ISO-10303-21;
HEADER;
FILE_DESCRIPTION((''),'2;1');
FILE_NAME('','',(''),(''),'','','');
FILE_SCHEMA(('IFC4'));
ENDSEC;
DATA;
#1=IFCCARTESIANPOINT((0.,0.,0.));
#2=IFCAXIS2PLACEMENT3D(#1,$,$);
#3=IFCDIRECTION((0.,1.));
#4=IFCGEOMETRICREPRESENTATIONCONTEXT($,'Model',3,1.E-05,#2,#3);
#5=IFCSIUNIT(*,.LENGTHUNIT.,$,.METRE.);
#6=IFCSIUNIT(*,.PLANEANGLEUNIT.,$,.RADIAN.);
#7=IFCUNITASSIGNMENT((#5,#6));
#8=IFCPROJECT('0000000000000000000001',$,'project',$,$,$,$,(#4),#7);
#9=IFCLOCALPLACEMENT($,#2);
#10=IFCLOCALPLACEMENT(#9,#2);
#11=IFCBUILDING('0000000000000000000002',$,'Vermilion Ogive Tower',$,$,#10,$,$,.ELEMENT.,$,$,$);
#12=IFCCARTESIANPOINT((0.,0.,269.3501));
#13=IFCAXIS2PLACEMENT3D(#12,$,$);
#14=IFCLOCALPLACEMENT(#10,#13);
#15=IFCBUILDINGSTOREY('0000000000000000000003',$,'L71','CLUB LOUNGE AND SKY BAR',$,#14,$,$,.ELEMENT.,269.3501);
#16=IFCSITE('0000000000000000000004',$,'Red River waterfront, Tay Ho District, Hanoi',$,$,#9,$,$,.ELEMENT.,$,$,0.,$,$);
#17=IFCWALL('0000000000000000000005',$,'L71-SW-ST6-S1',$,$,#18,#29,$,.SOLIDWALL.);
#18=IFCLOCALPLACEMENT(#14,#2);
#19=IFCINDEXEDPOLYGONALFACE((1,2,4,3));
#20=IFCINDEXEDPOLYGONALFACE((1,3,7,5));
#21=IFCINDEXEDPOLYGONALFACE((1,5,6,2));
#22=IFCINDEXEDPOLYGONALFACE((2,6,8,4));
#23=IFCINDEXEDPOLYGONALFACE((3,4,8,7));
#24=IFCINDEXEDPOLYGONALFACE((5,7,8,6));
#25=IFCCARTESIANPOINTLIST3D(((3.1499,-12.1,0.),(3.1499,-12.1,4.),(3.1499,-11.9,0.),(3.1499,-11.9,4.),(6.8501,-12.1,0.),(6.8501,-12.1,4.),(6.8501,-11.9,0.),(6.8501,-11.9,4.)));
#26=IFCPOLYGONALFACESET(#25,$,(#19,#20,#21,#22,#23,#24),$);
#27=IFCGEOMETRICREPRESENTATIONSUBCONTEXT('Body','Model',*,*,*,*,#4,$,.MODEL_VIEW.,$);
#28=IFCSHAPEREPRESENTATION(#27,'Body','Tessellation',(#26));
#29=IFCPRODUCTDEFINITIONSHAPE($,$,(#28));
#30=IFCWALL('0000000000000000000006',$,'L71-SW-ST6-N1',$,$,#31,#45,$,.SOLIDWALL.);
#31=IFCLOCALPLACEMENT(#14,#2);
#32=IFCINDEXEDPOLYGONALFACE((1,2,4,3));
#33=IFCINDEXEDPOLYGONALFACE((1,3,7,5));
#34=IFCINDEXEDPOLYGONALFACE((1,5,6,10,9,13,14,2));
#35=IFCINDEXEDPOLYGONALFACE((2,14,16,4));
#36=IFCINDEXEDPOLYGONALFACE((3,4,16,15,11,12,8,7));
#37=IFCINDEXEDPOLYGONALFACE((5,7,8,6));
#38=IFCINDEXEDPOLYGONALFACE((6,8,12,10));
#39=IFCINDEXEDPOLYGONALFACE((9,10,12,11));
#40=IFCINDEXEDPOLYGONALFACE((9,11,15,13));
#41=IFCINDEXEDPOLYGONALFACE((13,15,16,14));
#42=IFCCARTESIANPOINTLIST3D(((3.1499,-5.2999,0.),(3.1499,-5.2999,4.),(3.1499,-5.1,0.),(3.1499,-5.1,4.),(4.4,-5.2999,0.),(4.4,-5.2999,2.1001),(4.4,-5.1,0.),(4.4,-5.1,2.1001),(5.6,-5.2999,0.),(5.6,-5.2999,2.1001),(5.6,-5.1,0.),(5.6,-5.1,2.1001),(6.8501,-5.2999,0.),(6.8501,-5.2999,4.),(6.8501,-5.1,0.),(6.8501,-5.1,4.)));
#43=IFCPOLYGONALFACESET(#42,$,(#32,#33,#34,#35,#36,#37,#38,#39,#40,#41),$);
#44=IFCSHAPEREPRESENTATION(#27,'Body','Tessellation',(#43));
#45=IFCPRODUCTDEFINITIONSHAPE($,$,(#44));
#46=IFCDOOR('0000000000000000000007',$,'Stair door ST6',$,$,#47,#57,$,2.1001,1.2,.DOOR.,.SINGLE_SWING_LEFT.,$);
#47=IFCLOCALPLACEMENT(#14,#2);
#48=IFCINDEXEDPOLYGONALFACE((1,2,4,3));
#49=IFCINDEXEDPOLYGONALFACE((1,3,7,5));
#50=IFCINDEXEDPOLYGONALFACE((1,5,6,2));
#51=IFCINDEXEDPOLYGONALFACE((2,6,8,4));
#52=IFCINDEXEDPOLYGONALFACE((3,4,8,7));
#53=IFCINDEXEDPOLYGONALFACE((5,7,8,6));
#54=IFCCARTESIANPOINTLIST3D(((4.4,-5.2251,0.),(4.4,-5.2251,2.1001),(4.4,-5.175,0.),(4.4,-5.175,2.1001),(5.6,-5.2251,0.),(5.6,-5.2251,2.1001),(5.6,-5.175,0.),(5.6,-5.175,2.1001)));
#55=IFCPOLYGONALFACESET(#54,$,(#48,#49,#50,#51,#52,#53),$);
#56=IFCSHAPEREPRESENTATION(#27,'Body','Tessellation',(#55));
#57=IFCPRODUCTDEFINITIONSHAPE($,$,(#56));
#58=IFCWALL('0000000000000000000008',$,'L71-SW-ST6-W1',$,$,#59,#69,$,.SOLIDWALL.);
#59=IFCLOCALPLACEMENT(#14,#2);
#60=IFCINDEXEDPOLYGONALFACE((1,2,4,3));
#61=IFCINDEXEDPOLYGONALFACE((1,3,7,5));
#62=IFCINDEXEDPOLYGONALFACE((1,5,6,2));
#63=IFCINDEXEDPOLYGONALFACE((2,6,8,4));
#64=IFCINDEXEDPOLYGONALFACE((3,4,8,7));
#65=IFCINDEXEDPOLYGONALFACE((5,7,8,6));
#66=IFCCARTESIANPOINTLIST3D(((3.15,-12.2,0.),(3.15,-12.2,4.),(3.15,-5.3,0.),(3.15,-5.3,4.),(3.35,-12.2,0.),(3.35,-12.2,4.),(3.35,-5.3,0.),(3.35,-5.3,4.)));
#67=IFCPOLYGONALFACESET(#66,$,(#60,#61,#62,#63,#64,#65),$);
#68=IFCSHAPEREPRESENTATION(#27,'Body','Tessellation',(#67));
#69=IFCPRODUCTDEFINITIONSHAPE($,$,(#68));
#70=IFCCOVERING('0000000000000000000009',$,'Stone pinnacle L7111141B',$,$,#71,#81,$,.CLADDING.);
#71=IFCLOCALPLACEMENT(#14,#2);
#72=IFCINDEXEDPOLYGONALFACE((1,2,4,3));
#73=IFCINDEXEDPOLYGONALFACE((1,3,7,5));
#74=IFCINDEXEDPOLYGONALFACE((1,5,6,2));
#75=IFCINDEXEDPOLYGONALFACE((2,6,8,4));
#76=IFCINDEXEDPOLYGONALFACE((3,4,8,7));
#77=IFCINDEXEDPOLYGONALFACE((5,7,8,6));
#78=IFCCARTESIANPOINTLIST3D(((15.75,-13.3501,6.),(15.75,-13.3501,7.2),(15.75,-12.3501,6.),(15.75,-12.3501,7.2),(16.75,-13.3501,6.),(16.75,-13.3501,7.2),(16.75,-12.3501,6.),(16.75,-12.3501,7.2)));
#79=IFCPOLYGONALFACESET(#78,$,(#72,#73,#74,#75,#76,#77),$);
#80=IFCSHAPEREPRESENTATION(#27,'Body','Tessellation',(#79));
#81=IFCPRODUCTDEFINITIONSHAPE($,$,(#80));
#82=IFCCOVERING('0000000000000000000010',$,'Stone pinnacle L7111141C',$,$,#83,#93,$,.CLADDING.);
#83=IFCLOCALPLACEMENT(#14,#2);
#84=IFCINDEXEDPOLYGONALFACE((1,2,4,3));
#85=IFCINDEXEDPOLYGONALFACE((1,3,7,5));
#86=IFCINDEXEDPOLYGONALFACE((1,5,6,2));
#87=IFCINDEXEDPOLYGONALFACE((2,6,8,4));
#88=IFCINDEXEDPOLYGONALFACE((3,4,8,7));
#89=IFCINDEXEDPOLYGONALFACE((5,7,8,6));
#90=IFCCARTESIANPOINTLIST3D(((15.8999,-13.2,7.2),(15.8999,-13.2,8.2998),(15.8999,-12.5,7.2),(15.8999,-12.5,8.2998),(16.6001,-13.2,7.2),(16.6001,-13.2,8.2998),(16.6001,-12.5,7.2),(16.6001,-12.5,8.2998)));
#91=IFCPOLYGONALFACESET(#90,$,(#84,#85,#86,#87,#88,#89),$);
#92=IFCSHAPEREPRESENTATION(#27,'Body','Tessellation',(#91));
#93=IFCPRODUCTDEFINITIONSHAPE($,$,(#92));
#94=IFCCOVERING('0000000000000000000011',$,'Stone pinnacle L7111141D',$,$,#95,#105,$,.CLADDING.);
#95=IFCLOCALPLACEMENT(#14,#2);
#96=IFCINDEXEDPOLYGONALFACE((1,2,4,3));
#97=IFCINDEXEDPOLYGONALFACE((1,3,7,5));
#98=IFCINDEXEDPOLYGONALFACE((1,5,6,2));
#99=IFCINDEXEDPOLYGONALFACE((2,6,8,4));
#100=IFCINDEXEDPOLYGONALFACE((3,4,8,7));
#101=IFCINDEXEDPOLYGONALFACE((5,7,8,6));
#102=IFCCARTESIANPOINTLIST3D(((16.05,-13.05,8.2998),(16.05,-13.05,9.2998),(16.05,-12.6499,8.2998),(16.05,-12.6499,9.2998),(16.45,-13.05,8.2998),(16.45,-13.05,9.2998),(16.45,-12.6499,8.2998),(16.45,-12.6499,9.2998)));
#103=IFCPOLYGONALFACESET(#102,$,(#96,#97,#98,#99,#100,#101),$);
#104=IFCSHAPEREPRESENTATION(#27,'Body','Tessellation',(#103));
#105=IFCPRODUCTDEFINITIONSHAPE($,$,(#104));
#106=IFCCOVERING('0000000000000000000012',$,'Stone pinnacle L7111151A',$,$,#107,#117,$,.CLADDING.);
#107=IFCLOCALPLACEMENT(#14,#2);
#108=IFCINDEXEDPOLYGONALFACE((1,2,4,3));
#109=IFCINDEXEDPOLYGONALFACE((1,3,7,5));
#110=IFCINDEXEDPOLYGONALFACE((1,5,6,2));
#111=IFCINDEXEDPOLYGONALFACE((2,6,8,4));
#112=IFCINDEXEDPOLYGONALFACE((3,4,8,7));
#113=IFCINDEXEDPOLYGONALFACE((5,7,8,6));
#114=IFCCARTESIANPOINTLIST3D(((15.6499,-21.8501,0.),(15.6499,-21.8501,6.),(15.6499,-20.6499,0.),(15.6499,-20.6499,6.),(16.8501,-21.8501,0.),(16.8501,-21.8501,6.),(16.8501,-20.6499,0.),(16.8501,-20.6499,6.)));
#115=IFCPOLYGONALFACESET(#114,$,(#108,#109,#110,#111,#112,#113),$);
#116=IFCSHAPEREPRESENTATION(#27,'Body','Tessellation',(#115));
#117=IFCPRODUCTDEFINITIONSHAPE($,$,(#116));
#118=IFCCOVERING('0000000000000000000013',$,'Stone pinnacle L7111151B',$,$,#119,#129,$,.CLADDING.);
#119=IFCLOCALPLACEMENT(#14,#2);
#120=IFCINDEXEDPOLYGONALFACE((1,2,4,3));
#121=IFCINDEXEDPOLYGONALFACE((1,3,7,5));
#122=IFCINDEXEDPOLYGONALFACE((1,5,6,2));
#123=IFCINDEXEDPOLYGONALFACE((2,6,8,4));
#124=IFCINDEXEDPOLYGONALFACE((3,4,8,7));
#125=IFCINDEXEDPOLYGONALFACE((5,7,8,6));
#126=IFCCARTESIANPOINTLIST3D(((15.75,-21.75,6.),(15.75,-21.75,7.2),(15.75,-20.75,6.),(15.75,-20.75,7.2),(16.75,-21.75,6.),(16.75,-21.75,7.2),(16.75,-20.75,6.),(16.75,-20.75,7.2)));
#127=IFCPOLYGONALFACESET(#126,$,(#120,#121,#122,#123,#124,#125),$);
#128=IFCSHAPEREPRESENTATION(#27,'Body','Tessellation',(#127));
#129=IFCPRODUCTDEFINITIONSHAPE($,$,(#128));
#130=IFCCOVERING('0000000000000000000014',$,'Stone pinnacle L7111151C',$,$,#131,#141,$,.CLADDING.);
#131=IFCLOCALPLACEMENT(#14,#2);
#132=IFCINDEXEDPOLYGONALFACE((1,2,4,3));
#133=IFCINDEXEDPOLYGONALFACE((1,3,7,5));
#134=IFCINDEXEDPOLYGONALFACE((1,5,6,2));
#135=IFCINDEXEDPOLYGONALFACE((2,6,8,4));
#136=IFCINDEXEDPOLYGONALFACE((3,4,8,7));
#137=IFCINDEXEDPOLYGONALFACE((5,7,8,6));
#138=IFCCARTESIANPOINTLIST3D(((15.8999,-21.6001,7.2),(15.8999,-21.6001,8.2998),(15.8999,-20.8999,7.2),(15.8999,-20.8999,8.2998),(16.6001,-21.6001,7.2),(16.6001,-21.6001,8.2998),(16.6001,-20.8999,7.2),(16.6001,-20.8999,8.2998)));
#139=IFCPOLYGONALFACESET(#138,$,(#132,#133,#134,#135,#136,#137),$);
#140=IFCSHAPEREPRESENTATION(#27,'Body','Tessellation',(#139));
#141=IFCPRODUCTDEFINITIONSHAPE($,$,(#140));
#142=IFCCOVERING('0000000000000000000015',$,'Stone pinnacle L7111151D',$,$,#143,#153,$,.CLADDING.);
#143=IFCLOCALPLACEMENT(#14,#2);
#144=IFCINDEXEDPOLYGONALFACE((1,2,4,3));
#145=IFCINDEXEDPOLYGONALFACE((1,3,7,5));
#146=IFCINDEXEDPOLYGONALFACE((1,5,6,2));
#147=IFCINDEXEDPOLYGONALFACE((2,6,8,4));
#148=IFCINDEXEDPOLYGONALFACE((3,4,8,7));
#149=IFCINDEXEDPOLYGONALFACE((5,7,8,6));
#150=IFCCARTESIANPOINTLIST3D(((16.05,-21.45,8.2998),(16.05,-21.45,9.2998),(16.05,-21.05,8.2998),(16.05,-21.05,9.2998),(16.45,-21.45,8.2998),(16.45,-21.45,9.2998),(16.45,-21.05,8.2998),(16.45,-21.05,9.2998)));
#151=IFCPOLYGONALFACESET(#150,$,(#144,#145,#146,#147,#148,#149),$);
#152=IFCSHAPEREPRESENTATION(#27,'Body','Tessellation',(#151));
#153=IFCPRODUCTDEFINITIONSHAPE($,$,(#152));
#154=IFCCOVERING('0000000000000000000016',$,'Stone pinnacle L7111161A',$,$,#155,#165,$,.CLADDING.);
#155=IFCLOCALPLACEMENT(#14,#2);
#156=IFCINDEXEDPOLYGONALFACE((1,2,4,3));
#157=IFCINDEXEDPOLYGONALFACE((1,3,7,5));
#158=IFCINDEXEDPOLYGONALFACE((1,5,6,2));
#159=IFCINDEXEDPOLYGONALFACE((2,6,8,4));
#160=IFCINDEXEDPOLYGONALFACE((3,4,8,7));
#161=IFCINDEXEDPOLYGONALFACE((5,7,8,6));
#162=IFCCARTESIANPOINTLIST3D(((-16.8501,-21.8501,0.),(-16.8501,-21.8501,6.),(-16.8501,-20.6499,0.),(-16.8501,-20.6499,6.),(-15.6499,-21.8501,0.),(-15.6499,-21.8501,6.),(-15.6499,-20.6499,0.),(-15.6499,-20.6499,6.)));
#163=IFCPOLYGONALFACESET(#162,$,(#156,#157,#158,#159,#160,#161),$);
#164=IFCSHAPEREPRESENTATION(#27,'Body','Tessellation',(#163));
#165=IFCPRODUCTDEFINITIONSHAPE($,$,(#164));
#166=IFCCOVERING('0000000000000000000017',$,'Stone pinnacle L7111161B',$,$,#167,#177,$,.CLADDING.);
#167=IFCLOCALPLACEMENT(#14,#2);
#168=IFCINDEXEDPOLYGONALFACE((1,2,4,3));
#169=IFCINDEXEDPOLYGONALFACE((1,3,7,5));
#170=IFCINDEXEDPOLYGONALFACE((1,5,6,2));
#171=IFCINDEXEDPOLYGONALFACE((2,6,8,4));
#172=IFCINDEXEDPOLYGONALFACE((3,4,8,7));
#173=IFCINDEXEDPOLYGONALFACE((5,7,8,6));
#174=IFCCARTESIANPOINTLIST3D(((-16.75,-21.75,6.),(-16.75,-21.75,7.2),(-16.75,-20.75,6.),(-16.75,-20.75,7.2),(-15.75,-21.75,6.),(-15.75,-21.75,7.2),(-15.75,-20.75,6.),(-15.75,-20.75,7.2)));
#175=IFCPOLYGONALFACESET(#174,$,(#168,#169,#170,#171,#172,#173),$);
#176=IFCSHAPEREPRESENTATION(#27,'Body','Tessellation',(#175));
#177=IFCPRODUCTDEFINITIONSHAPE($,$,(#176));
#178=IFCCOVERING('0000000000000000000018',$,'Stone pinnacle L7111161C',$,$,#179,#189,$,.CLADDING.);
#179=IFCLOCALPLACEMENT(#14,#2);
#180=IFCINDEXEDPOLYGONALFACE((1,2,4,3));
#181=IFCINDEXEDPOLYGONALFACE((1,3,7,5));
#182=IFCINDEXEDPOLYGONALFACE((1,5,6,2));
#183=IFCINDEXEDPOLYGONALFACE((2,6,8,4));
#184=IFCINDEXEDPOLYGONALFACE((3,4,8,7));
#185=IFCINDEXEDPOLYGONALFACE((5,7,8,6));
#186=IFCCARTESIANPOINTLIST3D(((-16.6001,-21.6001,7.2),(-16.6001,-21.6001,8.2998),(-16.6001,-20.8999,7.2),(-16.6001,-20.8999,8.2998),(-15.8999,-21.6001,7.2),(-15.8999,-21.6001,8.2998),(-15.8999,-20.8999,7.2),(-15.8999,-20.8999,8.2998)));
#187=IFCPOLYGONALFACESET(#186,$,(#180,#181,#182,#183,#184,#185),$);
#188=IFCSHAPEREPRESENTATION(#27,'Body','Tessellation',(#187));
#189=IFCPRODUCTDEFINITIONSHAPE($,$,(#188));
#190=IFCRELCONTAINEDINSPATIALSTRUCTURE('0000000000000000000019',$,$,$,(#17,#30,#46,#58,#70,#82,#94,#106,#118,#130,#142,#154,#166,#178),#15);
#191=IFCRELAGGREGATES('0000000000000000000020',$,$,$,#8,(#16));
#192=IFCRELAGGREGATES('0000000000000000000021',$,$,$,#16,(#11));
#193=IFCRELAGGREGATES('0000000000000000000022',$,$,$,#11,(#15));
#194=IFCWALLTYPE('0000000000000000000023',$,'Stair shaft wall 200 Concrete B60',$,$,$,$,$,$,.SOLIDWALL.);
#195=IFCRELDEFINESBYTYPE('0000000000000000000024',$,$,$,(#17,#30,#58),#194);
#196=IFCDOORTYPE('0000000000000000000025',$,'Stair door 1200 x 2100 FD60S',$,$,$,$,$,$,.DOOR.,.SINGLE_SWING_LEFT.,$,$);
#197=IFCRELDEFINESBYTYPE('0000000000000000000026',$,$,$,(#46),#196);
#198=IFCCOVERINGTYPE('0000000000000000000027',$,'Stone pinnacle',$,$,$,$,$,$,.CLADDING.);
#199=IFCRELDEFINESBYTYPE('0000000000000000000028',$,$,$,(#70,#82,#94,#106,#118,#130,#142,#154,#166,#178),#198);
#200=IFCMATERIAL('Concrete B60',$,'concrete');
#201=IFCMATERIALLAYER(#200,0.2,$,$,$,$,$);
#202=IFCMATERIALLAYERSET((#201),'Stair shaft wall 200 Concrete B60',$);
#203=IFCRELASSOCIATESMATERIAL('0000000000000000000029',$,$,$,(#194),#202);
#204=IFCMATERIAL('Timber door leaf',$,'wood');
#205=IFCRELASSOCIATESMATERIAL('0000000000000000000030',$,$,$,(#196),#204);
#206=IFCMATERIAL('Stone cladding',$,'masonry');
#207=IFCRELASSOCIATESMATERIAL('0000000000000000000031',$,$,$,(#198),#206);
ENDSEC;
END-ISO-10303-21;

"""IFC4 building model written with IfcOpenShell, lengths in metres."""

from ifc_helpers import new_model, si_unit, direction, frame, frame_2d, origin, place, context, subcontext, project, spatial, polyline, rectangle, outline, extrude, material, layer, layer_set, type_object, element, fill, save


model = new_model("IFC4")

# Units and contexts
model_context = context("Model", 3, precision=1e-05, world=origin(), true_north=direction((0.0, 1.0)))
body_context = subcontext(model_context, "Body", "Model", "MODEL_VIEW")
ifc_project = project(units=[si_unit("LENGTHUNIT", "METRE"), si_unit("PLANEANGLEUNIT", "RADIAN")], contexts=[model_context])

# Site, building, storey
site_placement = place(None, origin())
site = spatial("IfcSite", under=ifc_project, at=site_placement, Name="Red River waterfront, Tay Ho District, Hanoi", CompositionType="ELEMENT", RefElevation=0.0)
building_placement = place(site_placement, origin())
building = spatial("IfcBuilding", under=site, at=building_placement, Name="Vermilion Ogive Tower", CompositionType="ELEMENT")
storey_placement = place(building_placement, frame((0.0, 0.0, 269.3501)))
storey = spatial("IfcBuildingStorey", under=building, at=storey_placement, Name="L71", Description="CLUB LOUNGE AND SKY BAR", CompositionType="ELEMENT", Elevation=269.3501)

# Wall
ifc_material_1 = material(Name="Concrete B60", Category="concrete")
ifc_layer = layer(ifc_material_1, 0.2)
ifc_layer_set = layer_set([ifc_layer], Name="Stair shaft wall 200 Concrete B60")
wall_type = type_object("IfcWallType", Name="Stair shaft wall 200 Concrete B60", PredefinedType="SOLIDWALL", material=ifc_layer_set)
wall_1_placement = place(storey_placement, frame((3.1499, -12.0, 0.0), z_axis=(0.0, 0.0, 1.0), x_axis=(1.0, 0.0, 0.0)))
element("IfcWall", 1, at=wall_1_placement, inside=storey, type_object=wall_type, Name="L71-SW-ST6-S1", PredefinedType="SOLIDWALL", context=body_context, shape_type="SweptSolid", body=[
    extrude(rectangle(XDim=3.7002, YDim=0.2, at=frame_2d((1.8501, 0.0))), origin(), (0.0, 0.0, 1.0), 4.0),
])

# Wall, opening, door
wall_2_placement = place(storey_placement, frame((3.1499, -5.2, 0.0), z_axis=(0.0, 0.0, 1.0), x_axis=(1.0, 0.0, 0.0)))
wall_2 = element("IfcWall", 2, at=wall_2_placement, inside=storey, type_object=wall_type, Name="L71-SW-ST6-N1", PredefinedType="SOLIDWALL", context=body_context, shape_type="SweptSolid", body=[
    extrude(rectangle(XDim=3.7002, YDim=0.2, at=frame_2d((1.8501, 0.0))), origin(), (0.0, 0.0, 1.0), 4.0),
])
opening_placement = place(wall_2_placement, frame((1.25, 0.0, 0.0)))
opening = element("IfcOpeningElement", 3, at=opening_placement, cuts=wall_2, PredefinedType="OPENING", context=body_context, shape_type="SweptSolid", body=[
    extrude(rectangle(XDim=1.2, YDim=2.1001, at=frame_2d((0.6001, 1.05))), frame((0.0, 0.1099, 0.0), z_axis=(0.0, -1.0, 0.0), x_axis=(1.0, 0.0, 0.0)), (0.0, 0.0, 1.0), 0.22),
])
ifc_material_2 = material(Name="Timber door leaf", Category="wood")
door_type = type_object("IfcDoorType", Name="Stair door 1200 x 2100 FD60S", OperationType="SINGLE_SWING_LEFT", PredefinedType="DOOR", material=ifc_material_2)
door_placement = place(opening_placement, origin())
door = element("IfcDoor", 4, at=door_placement, inside=storey, type_object=door_type, Name="Stair door ST6", OperationType="SINGLE_SWING_LEFT", OverallHeight=2.1001, OverallWidth=1.2, PredefinedType="DOOR", context=body_context, shape_type="SweptSolid", body=[
    extrude(rectangle(XDim=1.2, YDim=2.1001, at=frame_2d((0.6001, 1.05))), frame((0.0, 0.0249, 0.0), z_axis=(0.0, -1.0, 0.0), x_axis=(1.0, 0.0, 0.0)), (0.0, 0.0, 1.0), 0.05),
])
fill(opening, door)

# Wall
wall_3_placement = place(storey_placement, frame((3.25, -12.2, 0.0), z_axis=(0.0, 0.0, 1.0), x_axis=(0.0, 1.0, 0.0)))
element("IfcWall", 5, at=wall_3_placement, inside=storey, type_object=wall_type, Name="L71-SW-ST6-W1", PredefinedType="SOLIDWALL", context=body_context, shape_type="SweptSolid", body=[
    extrude(rectangle(XDim=6.8999, YDim=0.2, at=frame_2d((3.45, 0.0))), origin(), (0.0, 0.0, 1.0), 4.0),
])

# Coverings
ifc_material_3 = material(Name="Stone cladding", Category="masonry")
covering_type = type_object("IfcCoveringType", Name="Stone pinnacle", PredefinedType="CLADDING", material=ifc_material_3)
covering_1_placement = place(storey_placement, frame((0.0, 0.0, 6.0)))
element("IfcCovering", 6, at=covering_1_placement, inside=storey, type_object=covering_type, Name="Stone pinnacle L7111141B", PredefinedType="CLADDING", context=body_context, shape_type="SweptSolid", body=[
    extrude(outline(polyline([(15.75, -13.3501), (16.75, -13.3501), (16.75, -12.3501), (15.75, -12.3501), (15.75, -13.3501)])), origin(), (0.0, 0.0, 1.0), 1.2),
])
covering_2_placement = place(storey_placement, frame((0.0, 0.0, 7.2)))
element("IfcCovering", 7, at=covering_2_placement, inside=storey, type_object=covering_type, Name="Stone pinnacle L7111141C", PredefinedType="CLADDING", context=body_context, shape_type="SweptSolid", body=[
    extrude(outline(polyline([(15.8999, -13.2), (16.6001, -13.2), (16.6001, -12.5), (15.8999, -12.5), (15.8999, -13.2)])), origin(), (0.0, 0.0, 1.0), 1.0999),
])
covering_3_placement = place(storey_placement, frame((0.0, 0.0, 8.2998)))
element("IfcCovering", 8, at=covering_3_placement, inside=storey, type_object=covering_type, Name="Stone pinnacle L7111141D", PredefinedType="CLADDING", context=body_context, shape_type="SweptSolid", body=[
    extrude(outline(polyline([(16.05, -13.05), (16.45, -13.05), (16.45, -12.6499), (16.05, -12.6499), (16.05, -13.05)])), origin(), (0.0, 0.0, 1.0), 1.0),
])
covering_4_placement = place(storey_placement, origin())
element("IfcCovering", 9, at=covering_4_placement, inside=storey, type_object=covering_type, Name="Stone pinnacle L7111151A", PredefinedType="CLADDING", context=body_context, shape_type="SweptSolid", body=[
    extrude(outline(polyline([(15.6499, -21.8501), (16.8501, -21.8501), (16.8501, -20.6499), (15.6499, -20.6499), (15.6499, -21.8501)])), origin(), (0.0, 0.0, 1.0), 6.0),
])
covering_5_placement = place(storey_placement, frame((0.0, 0.0, 6.0)))
element("IfcCovering", 10, at=covering_5_placement, inside=storey, type_object=covering_type, Name="Stone pinnacle L7111151B", PredefinedType="CLADDING", context=body_context, shape_type="SweptSolid", body=[
    extrude(outline(polyline([(15.75, -21.75), (16.75, -21.75), (16.75, -20.75), (15.75, -20.75), (15.75, -21.75)])), origin(), (0.0, 0.0, 1.0), 1.2),
])
covering_6_placement = place(storey_placement, frame((0.0, 0.0, 7.2)))
element("IfcCovering", 11, at=covering_6_placement, inside=storey, type_object=covering_type, Name="Stone pinnacle L7111151C", PredefinedType="CLADDING", context=body_context, shape_type="SweptSolid", body=[
    extrude(outline(polyline([(15.8999, -21.6001), (16.6001, -21.6001), (16.6001, -20.8999), (15.8999, -20.8999), (15.8999, -21.6001)])), origin(), (0.0, 0.0, 1.0), 1.0999),
])
covering_7_placement = place(storey_placement, frame((0.0, 0.0, 8.2998)))
element("IfcCovering", 12, at=covering_7_placement, inside=storey, type_object=covering_type, Name="Stone pinnacle L7111151D", PredefinedType="CLADDING", context=body_context, shape_type="SweptSolid", body=[
    extrude(outline(polyline([(16.05, -21.45), (16.45, -21.45), (16.45, -21.05), (16.05, -21.05), (16.05, -21.45)])), origin(), (0.0, 0.0, 1.0), 1.0),
])
covering_8_placement = place(storey_placement, origin())
element("IfcCovering", 13, at=covering_8_placement, inside=storey, type_object=covering_type, Name="Stone pinnacle L7111161A", PredefinedType="CLADDING", context=body_context, shape_type="SweptSolid", body=[
    extrude(outline(polyline([(-16.8501, -21.8501), (-15.6499, -21.8501), (-15.6499, -20.6499), (-16.8501, -20.6499), (-16.8501, -21.8501)])), origin(), (0.0, 0.0, 1.0), 6.0),
])
covering_9_placement = place(storey_placement, frame((0.0, 0.0, 6.0)))
element("IfcCovering", 14, at=covering_9_placement, inside=storey, type_object=covering_type, Name="Stone pinnacle L7111161B", PredefinedType="CLADDING", context=body_context, shape_type="SweptSolid", body=[
    extrude(outline(polyline([(-16.75, -21.75), (-15.75, -21.75), (-15.75, -20.75), (-16.75, -20.75), (-16.75, -21.75)])), origin(), (0.0, 0.0, 1.0), 1.2),
])
covering_10_placement = place(storey_placement, frame((0.0, 0.0, 7.2)))
element("IfcCovering", 15, at=covering_10_placement, inside=storey, type_object=covering_type, Name="Stone pinnacle L7111161C", PredefinedType="CLADDING", context=body_context, shape_type="SweptSolid", body=[
    extrude(outline(polyline([(-16.6001, -21.6001), (-15.8999, -21.6001), (-15.8999, -20.8999), (-16.6001, -20.8999), (-16.6001, -21.6001)])), origin(), (0.0, 0.0, 1.0), 1.0999),
])

save(model, "model.ifc")
